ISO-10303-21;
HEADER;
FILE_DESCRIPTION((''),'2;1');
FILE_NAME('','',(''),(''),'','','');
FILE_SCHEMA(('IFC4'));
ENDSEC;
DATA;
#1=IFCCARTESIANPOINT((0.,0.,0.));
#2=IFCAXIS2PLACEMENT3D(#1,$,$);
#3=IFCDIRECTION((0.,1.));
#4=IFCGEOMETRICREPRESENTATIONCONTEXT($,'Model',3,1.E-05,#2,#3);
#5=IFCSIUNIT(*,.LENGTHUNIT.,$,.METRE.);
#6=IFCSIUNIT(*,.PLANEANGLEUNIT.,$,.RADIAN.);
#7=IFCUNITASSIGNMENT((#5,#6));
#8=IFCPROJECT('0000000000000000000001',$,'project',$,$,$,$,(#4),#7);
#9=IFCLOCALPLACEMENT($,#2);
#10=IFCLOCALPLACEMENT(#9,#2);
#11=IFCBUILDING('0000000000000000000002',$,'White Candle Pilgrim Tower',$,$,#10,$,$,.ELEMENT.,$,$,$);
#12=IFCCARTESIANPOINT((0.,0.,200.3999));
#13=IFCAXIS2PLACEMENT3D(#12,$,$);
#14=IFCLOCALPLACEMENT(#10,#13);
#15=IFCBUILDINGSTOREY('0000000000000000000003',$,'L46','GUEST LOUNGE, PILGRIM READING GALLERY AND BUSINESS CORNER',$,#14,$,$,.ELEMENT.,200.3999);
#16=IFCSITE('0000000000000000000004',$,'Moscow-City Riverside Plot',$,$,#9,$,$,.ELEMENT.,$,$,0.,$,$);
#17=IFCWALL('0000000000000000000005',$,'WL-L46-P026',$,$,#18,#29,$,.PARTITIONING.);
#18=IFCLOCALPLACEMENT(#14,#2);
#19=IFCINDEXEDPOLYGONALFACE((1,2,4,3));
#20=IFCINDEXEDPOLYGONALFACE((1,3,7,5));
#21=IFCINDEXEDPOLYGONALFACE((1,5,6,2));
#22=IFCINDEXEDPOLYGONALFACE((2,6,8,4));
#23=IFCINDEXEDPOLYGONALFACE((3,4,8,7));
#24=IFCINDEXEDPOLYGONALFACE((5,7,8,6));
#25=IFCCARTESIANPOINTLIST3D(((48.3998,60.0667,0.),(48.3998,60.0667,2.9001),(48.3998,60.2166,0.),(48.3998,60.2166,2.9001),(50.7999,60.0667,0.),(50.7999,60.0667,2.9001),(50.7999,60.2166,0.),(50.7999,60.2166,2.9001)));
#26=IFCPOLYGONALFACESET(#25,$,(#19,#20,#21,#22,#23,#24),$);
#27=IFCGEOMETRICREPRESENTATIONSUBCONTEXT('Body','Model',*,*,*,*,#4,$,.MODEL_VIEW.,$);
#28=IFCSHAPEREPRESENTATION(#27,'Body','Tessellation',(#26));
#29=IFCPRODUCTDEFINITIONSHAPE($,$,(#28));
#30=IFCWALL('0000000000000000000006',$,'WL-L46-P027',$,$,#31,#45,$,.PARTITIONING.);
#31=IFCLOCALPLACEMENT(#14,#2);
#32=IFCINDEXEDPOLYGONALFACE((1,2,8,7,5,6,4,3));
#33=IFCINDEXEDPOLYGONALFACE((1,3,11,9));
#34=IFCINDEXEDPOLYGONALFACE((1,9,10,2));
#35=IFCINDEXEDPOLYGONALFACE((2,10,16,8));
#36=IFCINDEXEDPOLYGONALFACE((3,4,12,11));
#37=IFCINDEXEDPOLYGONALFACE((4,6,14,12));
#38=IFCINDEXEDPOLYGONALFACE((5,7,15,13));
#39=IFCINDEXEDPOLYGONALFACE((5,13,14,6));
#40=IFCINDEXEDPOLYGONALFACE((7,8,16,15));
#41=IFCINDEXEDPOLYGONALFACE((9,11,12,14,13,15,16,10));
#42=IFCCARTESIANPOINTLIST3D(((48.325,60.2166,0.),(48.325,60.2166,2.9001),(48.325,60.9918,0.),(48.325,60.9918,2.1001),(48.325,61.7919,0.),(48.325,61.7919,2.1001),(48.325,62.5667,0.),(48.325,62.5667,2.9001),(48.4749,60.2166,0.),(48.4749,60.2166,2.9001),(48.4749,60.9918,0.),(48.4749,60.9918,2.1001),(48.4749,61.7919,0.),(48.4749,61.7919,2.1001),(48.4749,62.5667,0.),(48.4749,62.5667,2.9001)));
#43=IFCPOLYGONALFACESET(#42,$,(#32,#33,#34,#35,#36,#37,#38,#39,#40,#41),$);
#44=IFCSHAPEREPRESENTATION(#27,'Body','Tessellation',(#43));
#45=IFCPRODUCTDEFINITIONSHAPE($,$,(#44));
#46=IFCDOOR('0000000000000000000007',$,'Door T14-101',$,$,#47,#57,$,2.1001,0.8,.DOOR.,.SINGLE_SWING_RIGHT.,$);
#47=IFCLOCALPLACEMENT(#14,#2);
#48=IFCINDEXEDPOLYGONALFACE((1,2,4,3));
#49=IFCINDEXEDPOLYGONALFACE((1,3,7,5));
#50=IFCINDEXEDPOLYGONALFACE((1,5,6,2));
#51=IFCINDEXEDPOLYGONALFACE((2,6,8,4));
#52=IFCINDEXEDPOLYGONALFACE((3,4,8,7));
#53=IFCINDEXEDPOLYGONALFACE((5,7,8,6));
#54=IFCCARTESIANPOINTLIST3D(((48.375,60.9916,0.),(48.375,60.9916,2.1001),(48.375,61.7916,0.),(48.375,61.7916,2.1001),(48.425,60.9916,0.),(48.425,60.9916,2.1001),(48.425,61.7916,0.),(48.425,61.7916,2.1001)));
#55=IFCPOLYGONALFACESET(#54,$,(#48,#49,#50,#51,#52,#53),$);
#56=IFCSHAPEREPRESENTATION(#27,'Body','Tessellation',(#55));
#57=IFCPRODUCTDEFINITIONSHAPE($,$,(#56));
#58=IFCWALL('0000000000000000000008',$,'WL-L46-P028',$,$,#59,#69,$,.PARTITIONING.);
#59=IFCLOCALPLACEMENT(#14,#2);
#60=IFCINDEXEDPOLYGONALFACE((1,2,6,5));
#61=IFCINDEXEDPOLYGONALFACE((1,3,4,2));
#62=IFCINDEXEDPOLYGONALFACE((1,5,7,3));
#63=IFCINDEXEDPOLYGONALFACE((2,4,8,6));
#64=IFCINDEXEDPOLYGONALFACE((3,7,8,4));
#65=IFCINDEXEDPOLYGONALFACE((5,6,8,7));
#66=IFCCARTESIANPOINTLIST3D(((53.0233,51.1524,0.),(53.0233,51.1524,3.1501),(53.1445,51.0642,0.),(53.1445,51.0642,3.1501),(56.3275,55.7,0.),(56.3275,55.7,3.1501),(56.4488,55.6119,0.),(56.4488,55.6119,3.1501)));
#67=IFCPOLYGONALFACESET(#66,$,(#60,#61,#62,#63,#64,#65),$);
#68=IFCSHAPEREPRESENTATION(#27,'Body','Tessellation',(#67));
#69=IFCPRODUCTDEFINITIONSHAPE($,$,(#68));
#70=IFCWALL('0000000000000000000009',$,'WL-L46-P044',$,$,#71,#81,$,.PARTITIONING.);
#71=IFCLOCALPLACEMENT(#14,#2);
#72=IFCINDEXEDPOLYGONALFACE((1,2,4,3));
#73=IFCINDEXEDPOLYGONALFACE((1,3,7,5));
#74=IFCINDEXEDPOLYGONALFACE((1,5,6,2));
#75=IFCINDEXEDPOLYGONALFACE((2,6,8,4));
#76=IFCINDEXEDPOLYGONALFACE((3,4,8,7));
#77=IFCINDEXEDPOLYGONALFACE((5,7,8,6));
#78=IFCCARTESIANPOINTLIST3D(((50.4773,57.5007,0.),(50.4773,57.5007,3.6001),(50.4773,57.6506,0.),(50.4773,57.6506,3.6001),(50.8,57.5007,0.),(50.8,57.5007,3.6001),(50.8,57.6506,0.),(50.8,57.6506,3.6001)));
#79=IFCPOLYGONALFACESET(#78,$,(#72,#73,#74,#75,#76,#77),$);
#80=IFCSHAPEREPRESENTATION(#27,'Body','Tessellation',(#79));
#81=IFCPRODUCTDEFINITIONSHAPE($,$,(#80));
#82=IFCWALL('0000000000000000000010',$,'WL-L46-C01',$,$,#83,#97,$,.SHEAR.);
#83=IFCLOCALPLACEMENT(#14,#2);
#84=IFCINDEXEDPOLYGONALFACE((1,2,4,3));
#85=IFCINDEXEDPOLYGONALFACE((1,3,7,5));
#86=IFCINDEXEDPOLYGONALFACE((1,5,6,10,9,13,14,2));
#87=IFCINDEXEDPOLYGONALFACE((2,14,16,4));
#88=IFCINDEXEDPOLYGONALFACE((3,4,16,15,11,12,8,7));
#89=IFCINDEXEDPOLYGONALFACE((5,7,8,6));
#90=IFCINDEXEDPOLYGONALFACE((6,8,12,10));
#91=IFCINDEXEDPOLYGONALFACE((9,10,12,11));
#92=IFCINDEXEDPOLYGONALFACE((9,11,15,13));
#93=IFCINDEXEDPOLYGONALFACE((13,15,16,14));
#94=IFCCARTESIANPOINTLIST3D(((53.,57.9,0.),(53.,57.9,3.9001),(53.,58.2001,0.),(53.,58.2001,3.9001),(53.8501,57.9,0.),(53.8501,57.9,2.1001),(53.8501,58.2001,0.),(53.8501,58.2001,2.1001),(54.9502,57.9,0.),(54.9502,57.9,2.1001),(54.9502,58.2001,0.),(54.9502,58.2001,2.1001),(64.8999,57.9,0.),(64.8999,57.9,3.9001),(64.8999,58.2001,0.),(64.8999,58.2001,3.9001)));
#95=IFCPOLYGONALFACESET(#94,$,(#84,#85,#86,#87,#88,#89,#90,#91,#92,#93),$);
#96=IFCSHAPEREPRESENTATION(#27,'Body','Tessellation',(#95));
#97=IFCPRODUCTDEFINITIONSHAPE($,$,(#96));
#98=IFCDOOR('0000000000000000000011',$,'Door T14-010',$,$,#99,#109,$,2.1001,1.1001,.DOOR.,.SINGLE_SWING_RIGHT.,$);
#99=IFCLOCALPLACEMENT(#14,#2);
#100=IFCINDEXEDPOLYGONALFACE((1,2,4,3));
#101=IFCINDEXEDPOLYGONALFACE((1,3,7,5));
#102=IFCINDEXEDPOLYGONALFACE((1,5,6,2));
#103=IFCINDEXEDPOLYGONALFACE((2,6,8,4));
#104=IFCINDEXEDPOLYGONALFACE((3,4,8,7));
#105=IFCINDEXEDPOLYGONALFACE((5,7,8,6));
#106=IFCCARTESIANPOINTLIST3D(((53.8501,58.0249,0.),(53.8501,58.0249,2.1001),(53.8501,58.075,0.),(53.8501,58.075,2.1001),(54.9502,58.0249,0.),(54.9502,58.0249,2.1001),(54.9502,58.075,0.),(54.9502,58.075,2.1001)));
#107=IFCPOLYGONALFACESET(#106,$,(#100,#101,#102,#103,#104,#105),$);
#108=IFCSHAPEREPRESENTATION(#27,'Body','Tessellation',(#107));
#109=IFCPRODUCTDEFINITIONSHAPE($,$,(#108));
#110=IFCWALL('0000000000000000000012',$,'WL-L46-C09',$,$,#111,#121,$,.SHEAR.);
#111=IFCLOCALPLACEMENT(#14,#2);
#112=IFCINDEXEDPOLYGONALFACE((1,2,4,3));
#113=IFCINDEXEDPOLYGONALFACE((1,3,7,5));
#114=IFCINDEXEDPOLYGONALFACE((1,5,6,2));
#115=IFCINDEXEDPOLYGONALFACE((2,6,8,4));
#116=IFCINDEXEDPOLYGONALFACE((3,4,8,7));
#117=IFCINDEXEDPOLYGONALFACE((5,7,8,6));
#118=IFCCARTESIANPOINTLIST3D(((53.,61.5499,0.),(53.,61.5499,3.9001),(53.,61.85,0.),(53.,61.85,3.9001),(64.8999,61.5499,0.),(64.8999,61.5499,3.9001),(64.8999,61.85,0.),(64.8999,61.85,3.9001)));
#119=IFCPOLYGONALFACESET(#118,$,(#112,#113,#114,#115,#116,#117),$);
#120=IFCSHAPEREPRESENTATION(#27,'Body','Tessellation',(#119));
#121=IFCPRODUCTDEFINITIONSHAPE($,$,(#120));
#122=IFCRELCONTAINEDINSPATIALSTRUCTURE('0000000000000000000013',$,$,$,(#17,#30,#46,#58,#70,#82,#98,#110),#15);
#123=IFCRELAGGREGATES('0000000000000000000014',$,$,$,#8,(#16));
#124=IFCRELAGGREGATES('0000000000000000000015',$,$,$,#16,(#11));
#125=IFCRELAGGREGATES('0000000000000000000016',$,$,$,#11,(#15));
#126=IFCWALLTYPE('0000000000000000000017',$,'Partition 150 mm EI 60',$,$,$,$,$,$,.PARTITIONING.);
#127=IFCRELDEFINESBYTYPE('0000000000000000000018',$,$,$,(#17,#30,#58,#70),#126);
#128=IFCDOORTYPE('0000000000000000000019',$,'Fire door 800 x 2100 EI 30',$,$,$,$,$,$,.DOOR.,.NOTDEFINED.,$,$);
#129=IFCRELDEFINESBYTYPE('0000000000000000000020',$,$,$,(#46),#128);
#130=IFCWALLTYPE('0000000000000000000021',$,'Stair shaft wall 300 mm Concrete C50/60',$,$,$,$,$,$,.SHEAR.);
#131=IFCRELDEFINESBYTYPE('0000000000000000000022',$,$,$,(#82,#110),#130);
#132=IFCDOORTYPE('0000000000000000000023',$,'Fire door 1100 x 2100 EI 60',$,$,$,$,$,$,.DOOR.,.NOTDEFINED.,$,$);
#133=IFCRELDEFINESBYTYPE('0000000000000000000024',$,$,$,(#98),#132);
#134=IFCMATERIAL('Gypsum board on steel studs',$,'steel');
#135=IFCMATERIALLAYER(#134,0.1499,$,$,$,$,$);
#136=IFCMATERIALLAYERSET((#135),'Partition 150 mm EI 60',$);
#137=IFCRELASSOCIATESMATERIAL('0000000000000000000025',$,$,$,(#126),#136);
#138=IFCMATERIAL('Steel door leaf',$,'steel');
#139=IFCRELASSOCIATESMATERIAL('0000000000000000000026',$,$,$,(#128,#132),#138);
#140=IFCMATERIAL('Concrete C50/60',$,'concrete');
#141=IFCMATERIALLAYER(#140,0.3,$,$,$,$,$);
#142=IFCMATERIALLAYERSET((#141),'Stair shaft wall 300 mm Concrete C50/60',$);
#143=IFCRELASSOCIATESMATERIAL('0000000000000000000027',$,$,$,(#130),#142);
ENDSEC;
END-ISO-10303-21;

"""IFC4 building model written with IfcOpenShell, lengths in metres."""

from ifc_helpers import new_model, si_unit, direction, frame, frame_2d, origin, place, context, subcontext, project, spatial, rectangle, extrude, material, layer, layer_set, type_object, element, fill, save


model = new_model("IFC4")

# Units and contexts
model_context = context("Model", 3, precision=1e-05, world=origin(), true_north=direction((0.0, 1.0)))
body_context = subcontext(model_context, "Body", "Model", "MODEL_VIEW")
ifc_project = project(units=[si_unit("LENGTHUNIT", "METRE"), si_unit("PLANEANGLEUNIT", "RADIAN")], contexts=[model_context])

# Site, building, storey
site_placement = place(None, origin())
site = spatial("IfcSite", under=ifc_project, at=site_placement, Name="Moscow-City Riverside Plot", CompositionType="ELEMENT", RefElevation=0.0)
building_placement = place(site_placement, origin())
building = spatial("IfcBuilding", under=site, at=building_placement, Name="White Candle Pilgrim Tower", CompositionType="ELEMENT")
storey_placement = place(building_placement, frame((0.0, 0.0, 200.3999)))
storey = spatial("IfcBuildingStorey", under=building, at=storey_placement, Name="L46", Description="GUEST LOUNGE, PILGRIM READING GALLERY AND BUSINESS CORNER", CompositionType="ELEMENT", Elevation=200.3999)

# Shared definitions
ifc_material_1 = material(Name="Concrete C50/60", Category="concrete")

# Shared definitions
ifc_material_2 = material(Name="Gypsum board on steel studs", Category="steel")
ifc_material_3 = material(Name="Steel door leaf", Category="steel")

# Wall
ifc_layer_1 = layer(ifc_material_2, 0.1499)
ifc_layer_set_1 = layer_set([ifc_layer_1], Name="Partition 150 mm EI 60")
wall_type_1 = type_object("IfcWallType", Name="Partition 150 mm EI 60", PredefinedType="PARTITIONING", material=ifc_layer_set_1)
wall_1_placement = place(storey_placement, frame((50.8, 60.1416, 0.0), z_axis=(0.0, 0.0, 1.0), x_axis=(-1.0, 0.0, 0.0)))
element("IfcWall", 1, at=wall_1_placement, inside=storey, type_object=wall_type_1, Name="WL-L46-P026", PredefinedType="PARTITIONING", context=body_context, shape_type="SweptSolid", body=[
    extrude(rectangle(XDim=2.4001, YDim=0.1499, at=frame_2d((1.2002, 0.0))), origin(), (0.0, 0.0, 1.0), 2.9001),
])

# Wall, opening, door
wall_2_placement = place(storey_placement, frame((48.3999, 62.5667, 0.0), z_axis=(0.0, 0.0, 1.0), x_axis=(0.0, -1.0, 0.0)))
wall_2 = element("IfcWall", 2, at=wall_2_placement, inside=storey, type_object=wall_type_1, Name="WL-L46-P027", PredefinedType="PARTITIONING", context=body_context, shape_type="SweptSolid", body=[
    extrude(rectangle(XDim=2.3501, YDim=0.1499, at=frame_2d((1.175, 0.0))), origin(), (0.0, 0.0, 1.0), 2.9001),
])
opening_1_placement = place(wall_2_placement, frame((0.7749, 0.0, 0.0)))
opening_1 = element("IfcOpeningElement", 3, at=opening_1_placement, cuts=wall_2, PredefinedType="OPENING", context=body_context, shape_type="SweptSolid", body=[
    extrude(rectangle(XDim=0.8, YDim=2.1001, at=frame_2d((0.3999, 1.05))), frame((0.0, 0.085, 0.0), z_axis=(0.0, -1.0, 0.0), x_axis=(1.0, 0.0, 0.0)), (0.0, 0.0, 1.0), 0.1699),
])
door_type_1 = type_object("IfcDoorType", Name="Fire door 800 x 2100 EI 30", OperationType="NOTDEFINED", PredefinedType="DOOR", material=ifc_material_3)
door_1_placement = place(opening_1_placement, frame((0.8, 0.0, 0.0), z_axis=(0.0, 0.0, 1.0), x_axis=(-1.0, 0.0, 0.0)))
door_1 = element("IfcDoor", 4, at=door_1_placement, inside=storey, type_object=door_type_1, Name="Door T14-101", OperationType="SINGLE_SWING_RIGHT", OverallHeight=2.1001, OverallWidth=0.8, PredefinedType="DOOR", context=body_context, shape_type="SweptSolid", body=[
    extrude(rectangle(XDim=0.8, YDim=2.1001, at=frame_2d((0.3999, 1.05))), frame((0.0, 0.0249, 0.0), z_axis=(0.0, -1.0, 0.0), x_axis=(1.0, 0.0, 0.0)), (0.0, 0.0, 1.0), 0.05),
])
fill(opening_1, door_1)

# Walls
wall_3_placement = place(storey_placement, frame((53.084, 51.1084, 0.0), z_axis=(0.0, 0.0, 1.0), x_axis=(0.587805, 0.809003, 0.0)))
element("IfcWall", 5, at=wall_3_placement, inside=storey, type_object=wall_type_1, Name="WL-L46-P028", PredefinedType="PARTITIONING", context=body_context, shape_type="SweptSolid", body=[
    extrude(rectangle(XDim=5.6213, YDim=0.1499, at=frame_2d((2.8105, 0.0))), origin(), (0.0, 0.0, 1.0), 3.1501),
])
wall_4_placement = place(storey_placement, frame((50.4773, 57.5757, 0.0), z_axis=(0.0, 0.0, 1.0), x_axis=(1.0, 0.0, 0.0)))
element("IfcWall", 6, at=wall_4_placement, inside=storey, type_object=wall_type_1, Name="WL-L46-P044", PredefinedType="PARTITIONING", context=body_context, shape_type="SweptSolid", body=[
    extrude(rectangle(XDim=0.3228, YDim=0.1499, at=frame_2d((0.1614, 0.0))), origin(), (0.0, 0.0, 1.0), 3.6001),
])

# Wall, opening, door
ifc_layer_2 = layer(ifc_material_1, 0.3)
ifc_layer_set_2 = layer_set([ifc_layer_2], Name="Stair shaft wall 300 mm Concrete C50/60")
wall_type_2 = type_object("IfcWallType", Name="Stair shaft wall 300 mm Concrete C50/60", PredefinedType="SHEAR", material=ifc_layer_set_2)
wall_5_placement = place(storey_placement, frame((53.0, 58.05, 0.0), z_axis=(0.0, 0.0, 1.0), x_axis=(1.0, 0.0, 0.0)))
wall_5 = element("IfcWall", 7, at=wall_5_placement, inside=storey, type_object=wall_type_2, Name="WL-L46-C01", PredefinedType="SHEAR", context=body_context, shape_type="SweptSolid", body=[
    extrude(rectangle(XDim=11.8999, YDim=0.3, at=frame_2d((5.95, 0.0))), origin(), (0.0, 0.0, 1.0), 3.9001),
])
opening_2_placement = place(wall_5_placement, frame((0.8501, 0.0, 0.0)))
opening_2 = element("IfcOpeningElement", 8, at=opening_2_placement, cuts=wall_5, PredefinedType="OPENING", context=body_context, shape_type="SweptSolid", body=[
    extrude(rectangle(XDim=1.1001, YDim=2.1001, at=frame_2d((0.55, 1.05))), frame((0.0, 0.1599, 0.0), z_axis=(0.0, -1.0, 0.0), x_axis=(1.0, 0.0, 0.0)), (0.0, 0.0, 1.0), 0.3201),
])
door_type_2 = type_object("IfcDoorType", Name="Fire door 1100 x 2100 EI 60", OperationType="NOTDEFINED", PredefinedType="DOOR", material=ifc_material_3)
door_2_placement = place(opening_2_placement, origin())
door_2 = element("IfcDoor", 9, at=door_2_placement, inside=storey, type_object=door_type_2, Name="Door T14-010", OperationType="SINGLE_SWING_RIGHT", OverallHeight=2.1001, OverallWidth=1.1001, PredefinedType="DOOR", context=body_context, shape_type="SweptSolid", body=[
    extrude(rectangle(XDim=1.1001, YDim=2.1001, at=frame_2d((0.55, 1.05))), frame((0.0, 0.0249, 0.0), z_axis=(0.0, -1.0, 0.0), x_axis=(1.0, 0.0, 0.0)), (0.0, 0.0, 1.0), 0.05),
])
fill(opening_2, door_2)

# Wall
wall_6_placement = place(storey_placement, frame((53.0, 61.7, 0.0), z_axis=(0.0, 0.0, 1.0), x_axis=(1.0, 0.0, 0.0)))
element("IfcWall", 10, at=wall_6_placement, inside=storey, type_object=wall_type_2, Name="WL-L46-C09", PredefinedType="SHEAR", context=body_context, shape_type="SweptSolid", body=[
    extrude(rectangle(XDim=11.8999, YDim=0.3, at=frame_2d((5.95, 0.0))), origin(), (0.0, 0.0, 1.0), 3.9001),
])

save(model, "model.ifc")
